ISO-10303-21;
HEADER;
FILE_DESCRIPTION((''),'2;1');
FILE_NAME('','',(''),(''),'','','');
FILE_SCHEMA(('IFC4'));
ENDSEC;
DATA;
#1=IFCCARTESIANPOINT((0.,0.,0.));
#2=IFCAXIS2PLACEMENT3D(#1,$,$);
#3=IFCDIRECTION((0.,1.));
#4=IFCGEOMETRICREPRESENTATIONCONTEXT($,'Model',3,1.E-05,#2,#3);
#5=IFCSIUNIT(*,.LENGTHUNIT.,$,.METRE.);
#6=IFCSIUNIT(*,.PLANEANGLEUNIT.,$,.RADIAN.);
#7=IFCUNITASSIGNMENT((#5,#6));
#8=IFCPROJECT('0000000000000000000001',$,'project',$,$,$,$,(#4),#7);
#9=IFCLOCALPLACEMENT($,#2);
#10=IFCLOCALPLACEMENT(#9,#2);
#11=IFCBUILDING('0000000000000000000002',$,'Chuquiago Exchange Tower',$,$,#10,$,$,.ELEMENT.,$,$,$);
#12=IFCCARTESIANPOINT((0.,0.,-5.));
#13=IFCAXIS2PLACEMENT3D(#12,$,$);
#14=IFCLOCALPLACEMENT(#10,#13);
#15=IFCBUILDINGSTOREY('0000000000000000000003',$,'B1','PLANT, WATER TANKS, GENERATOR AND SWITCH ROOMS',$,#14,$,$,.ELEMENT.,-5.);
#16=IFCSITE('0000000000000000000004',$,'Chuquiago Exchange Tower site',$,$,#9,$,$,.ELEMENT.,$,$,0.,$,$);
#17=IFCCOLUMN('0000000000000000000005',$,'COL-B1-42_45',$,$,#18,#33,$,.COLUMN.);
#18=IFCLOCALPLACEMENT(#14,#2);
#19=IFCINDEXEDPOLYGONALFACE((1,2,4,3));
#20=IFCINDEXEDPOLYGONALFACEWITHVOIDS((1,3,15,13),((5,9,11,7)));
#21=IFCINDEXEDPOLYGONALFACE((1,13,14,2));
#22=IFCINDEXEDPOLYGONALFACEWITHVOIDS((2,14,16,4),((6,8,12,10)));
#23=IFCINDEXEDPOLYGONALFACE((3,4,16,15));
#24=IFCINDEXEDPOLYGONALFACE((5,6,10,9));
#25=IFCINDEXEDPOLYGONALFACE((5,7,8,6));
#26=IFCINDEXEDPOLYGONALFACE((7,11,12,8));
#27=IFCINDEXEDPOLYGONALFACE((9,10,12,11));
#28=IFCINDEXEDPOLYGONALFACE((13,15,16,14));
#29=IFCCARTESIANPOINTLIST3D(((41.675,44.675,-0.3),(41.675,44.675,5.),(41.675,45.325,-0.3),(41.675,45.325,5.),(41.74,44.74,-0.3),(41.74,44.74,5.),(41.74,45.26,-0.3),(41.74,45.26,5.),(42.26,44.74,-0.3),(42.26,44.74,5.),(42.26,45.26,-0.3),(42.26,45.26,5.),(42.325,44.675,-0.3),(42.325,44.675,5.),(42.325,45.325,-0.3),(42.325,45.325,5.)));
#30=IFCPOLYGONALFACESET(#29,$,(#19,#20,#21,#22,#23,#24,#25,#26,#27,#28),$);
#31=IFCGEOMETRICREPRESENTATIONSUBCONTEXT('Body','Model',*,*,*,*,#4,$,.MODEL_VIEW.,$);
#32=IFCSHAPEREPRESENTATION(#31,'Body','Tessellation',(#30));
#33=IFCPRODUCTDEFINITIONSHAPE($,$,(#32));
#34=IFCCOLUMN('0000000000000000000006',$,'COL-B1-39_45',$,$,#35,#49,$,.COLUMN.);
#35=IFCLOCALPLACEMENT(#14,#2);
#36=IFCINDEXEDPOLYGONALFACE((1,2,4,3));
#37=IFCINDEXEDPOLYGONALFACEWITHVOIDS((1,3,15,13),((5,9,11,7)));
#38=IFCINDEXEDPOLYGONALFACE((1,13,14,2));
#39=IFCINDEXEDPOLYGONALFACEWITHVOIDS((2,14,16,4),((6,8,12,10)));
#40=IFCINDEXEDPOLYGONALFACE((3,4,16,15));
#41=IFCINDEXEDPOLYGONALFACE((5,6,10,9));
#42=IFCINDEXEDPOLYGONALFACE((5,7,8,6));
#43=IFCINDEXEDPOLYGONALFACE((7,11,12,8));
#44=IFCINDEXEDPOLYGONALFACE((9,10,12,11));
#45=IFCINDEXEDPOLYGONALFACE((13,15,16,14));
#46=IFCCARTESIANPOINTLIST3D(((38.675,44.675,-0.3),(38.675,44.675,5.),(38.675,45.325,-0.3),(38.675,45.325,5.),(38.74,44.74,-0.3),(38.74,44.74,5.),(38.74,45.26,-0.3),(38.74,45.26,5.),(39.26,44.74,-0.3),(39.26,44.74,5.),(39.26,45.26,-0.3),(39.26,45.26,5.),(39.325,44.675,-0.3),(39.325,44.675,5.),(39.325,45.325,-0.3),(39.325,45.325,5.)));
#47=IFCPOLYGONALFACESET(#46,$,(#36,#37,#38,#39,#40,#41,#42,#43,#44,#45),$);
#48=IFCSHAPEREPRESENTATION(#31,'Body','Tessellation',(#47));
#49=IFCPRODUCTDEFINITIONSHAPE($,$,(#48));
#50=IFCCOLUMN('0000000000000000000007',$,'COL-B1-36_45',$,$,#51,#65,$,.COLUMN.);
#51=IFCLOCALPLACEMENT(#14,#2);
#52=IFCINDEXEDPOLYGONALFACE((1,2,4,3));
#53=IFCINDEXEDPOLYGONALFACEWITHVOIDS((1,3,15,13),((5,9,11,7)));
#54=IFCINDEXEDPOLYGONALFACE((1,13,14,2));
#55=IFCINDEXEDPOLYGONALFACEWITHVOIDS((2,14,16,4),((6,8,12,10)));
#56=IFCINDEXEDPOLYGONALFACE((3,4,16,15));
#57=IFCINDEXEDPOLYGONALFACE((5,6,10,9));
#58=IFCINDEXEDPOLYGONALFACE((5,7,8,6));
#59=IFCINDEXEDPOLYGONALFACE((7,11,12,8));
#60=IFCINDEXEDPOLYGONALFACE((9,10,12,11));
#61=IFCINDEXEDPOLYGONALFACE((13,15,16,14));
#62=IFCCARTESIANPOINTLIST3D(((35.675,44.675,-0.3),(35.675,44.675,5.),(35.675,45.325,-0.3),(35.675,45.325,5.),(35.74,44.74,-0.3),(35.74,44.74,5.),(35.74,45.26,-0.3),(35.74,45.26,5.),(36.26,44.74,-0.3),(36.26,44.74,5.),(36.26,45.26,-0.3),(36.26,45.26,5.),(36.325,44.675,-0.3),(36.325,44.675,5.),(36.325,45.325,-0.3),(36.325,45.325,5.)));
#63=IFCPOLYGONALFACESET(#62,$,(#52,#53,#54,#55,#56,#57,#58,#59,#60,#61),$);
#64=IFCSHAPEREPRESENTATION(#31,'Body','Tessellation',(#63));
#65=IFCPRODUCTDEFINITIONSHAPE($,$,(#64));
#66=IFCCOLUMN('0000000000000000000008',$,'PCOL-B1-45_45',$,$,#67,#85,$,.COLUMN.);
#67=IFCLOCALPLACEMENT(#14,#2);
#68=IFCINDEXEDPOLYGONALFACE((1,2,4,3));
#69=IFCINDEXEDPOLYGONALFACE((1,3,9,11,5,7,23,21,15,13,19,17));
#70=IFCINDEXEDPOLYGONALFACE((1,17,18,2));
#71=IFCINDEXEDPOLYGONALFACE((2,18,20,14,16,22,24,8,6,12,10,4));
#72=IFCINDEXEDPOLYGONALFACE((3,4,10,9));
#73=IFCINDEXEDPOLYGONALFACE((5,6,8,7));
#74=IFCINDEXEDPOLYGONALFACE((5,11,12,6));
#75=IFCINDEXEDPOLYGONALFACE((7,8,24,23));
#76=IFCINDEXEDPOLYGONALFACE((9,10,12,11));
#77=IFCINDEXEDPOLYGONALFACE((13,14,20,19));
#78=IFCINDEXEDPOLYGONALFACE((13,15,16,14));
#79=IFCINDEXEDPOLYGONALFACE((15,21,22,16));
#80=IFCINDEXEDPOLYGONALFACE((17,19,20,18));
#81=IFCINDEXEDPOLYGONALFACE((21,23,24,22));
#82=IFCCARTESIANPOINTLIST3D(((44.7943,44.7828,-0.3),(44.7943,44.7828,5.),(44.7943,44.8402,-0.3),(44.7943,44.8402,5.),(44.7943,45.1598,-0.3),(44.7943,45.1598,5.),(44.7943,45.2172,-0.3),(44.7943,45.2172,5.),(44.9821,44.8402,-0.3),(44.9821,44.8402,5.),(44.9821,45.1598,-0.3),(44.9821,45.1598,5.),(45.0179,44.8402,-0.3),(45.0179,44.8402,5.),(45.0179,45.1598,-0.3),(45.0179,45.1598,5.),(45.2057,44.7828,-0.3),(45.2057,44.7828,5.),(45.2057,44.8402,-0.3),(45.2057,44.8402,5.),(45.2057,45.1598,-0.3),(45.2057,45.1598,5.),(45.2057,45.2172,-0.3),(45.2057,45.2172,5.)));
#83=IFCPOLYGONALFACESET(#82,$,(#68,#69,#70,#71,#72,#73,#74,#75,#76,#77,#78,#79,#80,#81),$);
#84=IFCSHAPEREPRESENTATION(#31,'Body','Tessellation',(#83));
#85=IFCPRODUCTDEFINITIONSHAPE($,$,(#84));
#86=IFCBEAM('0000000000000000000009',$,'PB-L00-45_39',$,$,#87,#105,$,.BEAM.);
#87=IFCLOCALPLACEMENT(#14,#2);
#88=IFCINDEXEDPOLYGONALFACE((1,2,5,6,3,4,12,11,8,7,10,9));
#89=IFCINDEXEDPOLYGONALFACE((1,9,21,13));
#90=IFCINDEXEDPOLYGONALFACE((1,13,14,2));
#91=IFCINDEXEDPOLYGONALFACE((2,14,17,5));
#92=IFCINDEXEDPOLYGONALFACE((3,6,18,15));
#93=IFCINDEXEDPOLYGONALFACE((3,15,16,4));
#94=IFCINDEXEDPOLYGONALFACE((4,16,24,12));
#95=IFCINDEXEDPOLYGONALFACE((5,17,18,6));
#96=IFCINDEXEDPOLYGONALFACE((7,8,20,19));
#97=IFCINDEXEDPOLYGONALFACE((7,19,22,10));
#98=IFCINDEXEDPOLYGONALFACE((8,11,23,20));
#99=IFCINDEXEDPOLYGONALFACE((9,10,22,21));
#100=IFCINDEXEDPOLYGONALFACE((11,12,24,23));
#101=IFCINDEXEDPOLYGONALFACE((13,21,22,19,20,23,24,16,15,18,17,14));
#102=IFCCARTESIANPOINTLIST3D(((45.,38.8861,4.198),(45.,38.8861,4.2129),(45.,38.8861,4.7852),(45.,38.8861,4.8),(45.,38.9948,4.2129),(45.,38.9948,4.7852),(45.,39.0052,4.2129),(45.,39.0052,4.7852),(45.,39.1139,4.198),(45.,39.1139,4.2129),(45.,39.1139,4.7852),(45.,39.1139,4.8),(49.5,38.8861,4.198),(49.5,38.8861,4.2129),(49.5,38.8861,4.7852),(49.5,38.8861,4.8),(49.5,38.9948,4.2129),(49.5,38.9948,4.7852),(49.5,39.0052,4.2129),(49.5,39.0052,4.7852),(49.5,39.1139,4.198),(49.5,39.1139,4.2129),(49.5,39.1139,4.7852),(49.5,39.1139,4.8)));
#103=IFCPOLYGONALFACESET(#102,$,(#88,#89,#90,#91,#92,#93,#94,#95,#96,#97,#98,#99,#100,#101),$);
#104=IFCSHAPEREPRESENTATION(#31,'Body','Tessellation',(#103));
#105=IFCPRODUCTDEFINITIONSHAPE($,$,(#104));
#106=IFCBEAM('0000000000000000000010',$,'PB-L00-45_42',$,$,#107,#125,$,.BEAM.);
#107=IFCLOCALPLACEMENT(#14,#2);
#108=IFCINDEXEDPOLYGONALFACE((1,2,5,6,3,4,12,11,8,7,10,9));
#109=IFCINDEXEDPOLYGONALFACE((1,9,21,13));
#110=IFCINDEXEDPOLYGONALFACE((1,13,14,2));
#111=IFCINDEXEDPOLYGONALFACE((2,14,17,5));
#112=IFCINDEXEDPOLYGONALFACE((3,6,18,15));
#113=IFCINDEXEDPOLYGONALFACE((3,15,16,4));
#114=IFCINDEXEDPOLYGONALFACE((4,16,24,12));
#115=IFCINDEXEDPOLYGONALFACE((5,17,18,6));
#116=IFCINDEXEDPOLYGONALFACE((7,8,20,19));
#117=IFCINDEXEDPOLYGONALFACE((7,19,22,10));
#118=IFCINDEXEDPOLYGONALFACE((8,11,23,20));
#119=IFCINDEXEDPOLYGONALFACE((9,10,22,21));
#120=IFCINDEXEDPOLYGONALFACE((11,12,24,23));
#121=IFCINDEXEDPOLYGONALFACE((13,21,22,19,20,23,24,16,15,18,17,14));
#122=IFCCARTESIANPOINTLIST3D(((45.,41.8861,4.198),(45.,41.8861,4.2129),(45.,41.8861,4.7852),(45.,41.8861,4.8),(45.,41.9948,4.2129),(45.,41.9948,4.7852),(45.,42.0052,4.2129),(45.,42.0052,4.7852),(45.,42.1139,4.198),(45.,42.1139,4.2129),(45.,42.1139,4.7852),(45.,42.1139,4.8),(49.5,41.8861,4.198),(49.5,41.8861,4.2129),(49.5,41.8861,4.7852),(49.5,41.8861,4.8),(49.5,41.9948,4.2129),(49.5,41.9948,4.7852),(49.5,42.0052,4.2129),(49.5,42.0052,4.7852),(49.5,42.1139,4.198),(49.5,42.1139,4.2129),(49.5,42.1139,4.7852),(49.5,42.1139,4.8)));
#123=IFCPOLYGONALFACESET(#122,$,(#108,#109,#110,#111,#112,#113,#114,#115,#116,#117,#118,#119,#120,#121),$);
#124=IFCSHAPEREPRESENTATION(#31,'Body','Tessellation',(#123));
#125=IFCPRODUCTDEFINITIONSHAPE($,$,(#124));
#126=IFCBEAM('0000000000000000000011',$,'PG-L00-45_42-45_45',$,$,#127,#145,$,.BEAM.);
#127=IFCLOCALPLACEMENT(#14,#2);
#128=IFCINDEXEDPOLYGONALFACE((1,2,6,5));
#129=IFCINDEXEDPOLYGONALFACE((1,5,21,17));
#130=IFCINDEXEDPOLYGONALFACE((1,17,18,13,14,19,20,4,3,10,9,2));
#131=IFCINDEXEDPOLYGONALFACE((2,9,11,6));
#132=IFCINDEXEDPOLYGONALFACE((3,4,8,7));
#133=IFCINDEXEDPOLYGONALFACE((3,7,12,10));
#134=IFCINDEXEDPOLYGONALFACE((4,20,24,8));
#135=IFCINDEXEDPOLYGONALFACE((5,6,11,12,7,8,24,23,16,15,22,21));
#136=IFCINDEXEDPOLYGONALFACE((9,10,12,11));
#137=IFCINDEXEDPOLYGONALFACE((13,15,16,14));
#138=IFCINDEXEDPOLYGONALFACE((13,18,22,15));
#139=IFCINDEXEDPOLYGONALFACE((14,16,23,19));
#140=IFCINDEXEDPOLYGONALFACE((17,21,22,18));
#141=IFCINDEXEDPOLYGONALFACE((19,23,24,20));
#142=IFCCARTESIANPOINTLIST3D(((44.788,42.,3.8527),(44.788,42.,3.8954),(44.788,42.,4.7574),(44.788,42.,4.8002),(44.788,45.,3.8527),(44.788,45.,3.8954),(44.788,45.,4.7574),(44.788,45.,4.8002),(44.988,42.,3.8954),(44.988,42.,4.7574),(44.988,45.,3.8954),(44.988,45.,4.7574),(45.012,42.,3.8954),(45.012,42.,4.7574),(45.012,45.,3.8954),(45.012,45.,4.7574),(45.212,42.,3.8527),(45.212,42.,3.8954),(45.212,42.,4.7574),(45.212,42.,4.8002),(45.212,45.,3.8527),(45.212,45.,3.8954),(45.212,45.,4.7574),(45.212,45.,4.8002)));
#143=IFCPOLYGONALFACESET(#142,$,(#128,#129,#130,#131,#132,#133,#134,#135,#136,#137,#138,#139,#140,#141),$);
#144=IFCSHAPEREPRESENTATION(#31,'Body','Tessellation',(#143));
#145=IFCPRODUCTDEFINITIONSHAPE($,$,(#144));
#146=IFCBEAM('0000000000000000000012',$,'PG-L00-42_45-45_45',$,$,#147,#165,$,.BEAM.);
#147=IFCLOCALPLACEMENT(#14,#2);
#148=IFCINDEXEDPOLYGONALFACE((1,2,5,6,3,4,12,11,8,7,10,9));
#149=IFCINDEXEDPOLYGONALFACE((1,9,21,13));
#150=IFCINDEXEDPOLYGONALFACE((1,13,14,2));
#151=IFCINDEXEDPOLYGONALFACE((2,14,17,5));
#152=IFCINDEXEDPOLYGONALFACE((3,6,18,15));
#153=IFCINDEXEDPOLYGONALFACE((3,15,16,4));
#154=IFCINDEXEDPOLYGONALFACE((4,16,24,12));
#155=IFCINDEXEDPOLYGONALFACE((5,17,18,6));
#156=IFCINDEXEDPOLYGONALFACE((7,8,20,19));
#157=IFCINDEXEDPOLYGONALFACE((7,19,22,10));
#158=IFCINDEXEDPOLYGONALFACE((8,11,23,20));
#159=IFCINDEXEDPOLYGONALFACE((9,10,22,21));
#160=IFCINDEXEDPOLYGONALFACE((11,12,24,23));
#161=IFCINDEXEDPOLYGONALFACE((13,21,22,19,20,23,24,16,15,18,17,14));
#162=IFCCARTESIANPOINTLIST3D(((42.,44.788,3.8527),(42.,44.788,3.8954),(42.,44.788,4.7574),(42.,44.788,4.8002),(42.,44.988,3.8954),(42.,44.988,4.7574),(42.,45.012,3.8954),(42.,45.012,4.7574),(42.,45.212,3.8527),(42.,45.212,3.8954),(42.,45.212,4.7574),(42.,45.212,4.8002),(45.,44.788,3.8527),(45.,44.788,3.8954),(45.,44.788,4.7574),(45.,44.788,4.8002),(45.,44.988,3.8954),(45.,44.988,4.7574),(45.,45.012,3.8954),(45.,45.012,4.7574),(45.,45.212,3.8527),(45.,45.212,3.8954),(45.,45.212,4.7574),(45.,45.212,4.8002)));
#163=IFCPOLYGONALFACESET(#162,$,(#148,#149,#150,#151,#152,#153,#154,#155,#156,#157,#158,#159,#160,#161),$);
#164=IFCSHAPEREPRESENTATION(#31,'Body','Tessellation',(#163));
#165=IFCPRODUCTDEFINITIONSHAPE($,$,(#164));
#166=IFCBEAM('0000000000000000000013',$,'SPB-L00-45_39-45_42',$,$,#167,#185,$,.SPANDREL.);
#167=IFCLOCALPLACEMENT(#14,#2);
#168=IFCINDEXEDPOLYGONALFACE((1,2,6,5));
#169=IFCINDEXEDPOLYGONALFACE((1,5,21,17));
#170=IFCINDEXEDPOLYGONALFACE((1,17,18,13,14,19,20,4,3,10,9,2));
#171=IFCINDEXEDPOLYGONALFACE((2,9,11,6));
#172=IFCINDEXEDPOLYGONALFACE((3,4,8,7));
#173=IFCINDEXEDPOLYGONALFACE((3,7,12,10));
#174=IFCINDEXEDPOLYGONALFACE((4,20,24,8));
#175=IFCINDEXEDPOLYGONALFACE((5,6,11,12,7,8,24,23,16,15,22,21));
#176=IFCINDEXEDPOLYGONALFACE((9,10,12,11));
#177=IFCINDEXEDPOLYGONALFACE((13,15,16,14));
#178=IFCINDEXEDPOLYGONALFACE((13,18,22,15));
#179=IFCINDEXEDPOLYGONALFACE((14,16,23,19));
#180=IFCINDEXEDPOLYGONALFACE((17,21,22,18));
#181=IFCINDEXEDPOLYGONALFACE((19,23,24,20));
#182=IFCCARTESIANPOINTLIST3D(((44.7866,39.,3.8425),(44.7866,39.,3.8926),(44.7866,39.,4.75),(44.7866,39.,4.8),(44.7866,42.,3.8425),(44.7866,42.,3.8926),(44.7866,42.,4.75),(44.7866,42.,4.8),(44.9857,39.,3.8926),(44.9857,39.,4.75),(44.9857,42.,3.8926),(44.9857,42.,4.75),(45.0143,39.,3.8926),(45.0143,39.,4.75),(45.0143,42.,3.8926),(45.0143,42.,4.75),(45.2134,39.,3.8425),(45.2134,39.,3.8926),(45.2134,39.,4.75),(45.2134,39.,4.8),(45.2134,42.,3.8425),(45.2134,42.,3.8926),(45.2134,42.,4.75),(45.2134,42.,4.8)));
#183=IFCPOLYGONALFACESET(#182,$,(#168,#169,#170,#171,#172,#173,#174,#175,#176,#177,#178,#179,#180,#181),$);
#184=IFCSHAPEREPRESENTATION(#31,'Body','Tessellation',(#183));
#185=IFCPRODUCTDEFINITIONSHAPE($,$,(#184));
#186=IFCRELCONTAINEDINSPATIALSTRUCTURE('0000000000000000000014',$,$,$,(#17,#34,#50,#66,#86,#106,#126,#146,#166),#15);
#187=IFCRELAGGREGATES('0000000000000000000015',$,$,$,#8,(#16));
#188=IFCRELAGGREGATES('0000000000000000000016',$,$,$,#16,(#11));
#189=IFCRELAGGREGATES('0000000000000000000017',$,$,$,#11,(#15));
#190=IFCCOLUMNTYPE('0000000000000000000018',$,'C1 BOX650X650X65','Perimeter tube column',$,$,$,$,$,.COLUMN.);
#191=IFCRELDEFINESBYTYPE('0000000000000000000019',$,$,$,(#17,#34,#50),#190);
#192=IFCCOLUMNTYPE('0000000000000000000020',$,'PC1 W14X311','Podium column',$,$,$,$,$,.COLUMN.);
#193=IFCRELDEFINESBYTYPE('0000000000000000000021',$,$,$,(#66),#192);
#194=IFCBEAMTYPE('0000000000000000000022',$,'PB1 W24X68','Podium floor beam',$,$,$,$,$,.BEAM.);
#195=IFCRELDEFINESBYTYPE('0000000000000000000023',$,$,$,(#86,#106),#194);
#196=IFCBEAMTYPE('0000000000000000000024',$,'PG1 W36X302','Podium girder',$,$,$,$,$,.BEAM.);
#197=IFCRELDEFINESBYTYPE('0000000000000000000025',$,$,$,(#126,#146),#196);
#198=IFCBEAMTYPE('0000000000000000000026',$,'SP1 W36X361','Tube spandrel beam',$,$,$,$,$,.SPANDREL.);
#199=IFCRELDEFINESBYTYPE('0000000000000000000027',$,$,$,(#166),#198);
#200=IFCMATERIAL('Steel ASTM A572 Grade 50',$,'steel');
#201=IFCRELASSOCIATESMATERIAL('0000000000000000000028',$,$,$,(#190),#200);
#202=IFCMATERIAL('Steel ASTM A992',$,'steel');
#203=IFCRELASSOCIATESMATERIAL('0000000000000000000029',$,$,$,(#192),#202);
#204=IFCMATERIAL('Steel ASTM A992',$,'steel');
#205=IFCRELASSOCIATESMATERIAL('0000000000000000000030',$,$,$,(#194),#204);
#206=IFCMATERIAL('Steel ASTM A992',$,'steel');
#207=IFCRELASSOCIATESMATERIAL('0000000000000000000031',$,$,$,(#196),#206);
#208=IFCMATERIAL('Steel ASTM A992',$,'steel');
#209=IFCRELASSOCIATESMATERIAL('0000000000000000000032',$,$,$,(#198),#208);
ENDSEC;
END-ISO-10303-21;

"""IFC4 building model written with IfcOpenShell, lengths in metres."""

from ifc_helpers import new_model, si_unit, direction, frame, origin, origin_2d, place, context, subcontext, project, spatial, hollow_rectangle, i_section, extrude, material, material_profile, profile_set, type_object, element, save


model = new_model("IFC4")

# Units and contexts
model_context = context("Model", 3, precision=1e-05, world=origin(), true_north=direction((0.0, 1.0)))
body_context = subcontext(model_context, "Body", "Model", "MODEL_VIEW")
ifc_project = project(units=[si_unit("LENGTHUNIT", "METRE"), si_unit("PLANEANGLEUNIT", "RADIAN")], contexts=[model_context])

# Site, building, storey
site_placement = place(None, origin())
site = spatial("IfcSite", under=ifc_project, at=site_placement, Name="Chuquiago Exchange Tower site", CompositionType="ELEMENT", RefElevation=0.0)
building_placement = place(site_placement, origin())
building = spatial("IfcBuilding", under=site, at=building_placement, Name="Chuquiago Exchange Tower", CompositionType="ELEMENT")
storey_placement = place(building_placement, frame((0.0, 0.0, -5.0)))
storey = spatial("IfcBuildingStorey", under=building, at=storey_placement, Name="B1", Description="PLANT, WATER TANKS, GENERATOR AND SWITCH ROOMS", CompositionType="ELEMENT", Elevation=-5.0)

# Columns
ifc_material_1 = material(Name="Steel ASTM A572 Grade 50", Category="steel")
ifc_material_profile_1 = material_profile(ifc_material_1, hollow_rectangle(XDim=0.6499, YDim=0.6499, WallThickness=0.0649, at=origin_2d()), Name="BOX650X650X65")
ifc_profile_set_1 = profile_set([ifc_material_profile_1], Name="Steel ASTM A572 Grade 50")
column_type_1 = type_object("IfcColumnType", Name="C1 BOX650X650X65", Description="Perimeter tube column", PredefinedType="COLUMN", material=ifc_profile_set_1)
for number, where, z_axis, x_axis, name in (
    (1, (42.0, 45.0, -0.3), (0.0, 0.0, 1.0), (0.0, 1.0, 0.0), "COL-B1-42_45"),
    (2, (39.0, 45.0, -0.3), (0.0, 0.0, 1.0), (0.0, 1.0, 0.0), "COL-B1-39_45"),
    (3, (36.0, 45.0, -0.3), (0.0, 0.0, 1.0), (0.0, 1.0, 0.0), "COL-B1-36_45"),
):
    element("IfcColumn", number, at=place(storey_placement, frame(where, z_axis=z_axis, x_axis=x_axis)), inside=storey, type_object=column_type_1, Name=name, PredefinedType="COLUMN", context=body_context, shape_type="SweptSolid", body=[
        extrude(hollow_rectangle(XDim=0.6499, YDim=0.6499, WallThickness=0.0649, at=origin_2d()), origin(), (0.0, 0.0, 1.0), 5.3),
    ])
ifc_material_2 = material(Name="Steel ASTM A992", Category="steel")
ifc_material_profile_2 = material_profile(ifc_material_2, i_section(OverallWidth=0.4114, OverallDepth=0.4343, WebThickness=0.0359, FlangeThickness=0.0574, at=origin_2d()), Name="W14X311")
ifc_profile_set_2 = profile_set([ifc_material_profile_2], Name="Steel ASTM A992")
column_type_2 = type_object("IfcColumnType", Name="PC1 W14X311", Description="Podium column", PredefinedType="COLUMN", material=ifc_profile_set_2)
column_placement = place(storey_placement, frame((45.0, 45.0, -0.3), z_axis=(0.0, 0.0, 1.0), x_axis=(1.0, 0.0, 0.0)))
element("IfcColumn", 4, at=column_placement, inside=storey, type_object=column_type_2, Name="PCOL-B1-45_45", PredefinedType="COLUMN", context=body_context, shape_type="SweptSolid", body=[
    extrude(i_section(OverallWidth=0.4114, OverallDepth=0.4343, WebThickness=0.0359, FlangeThickness=0.0574, at=origin_2d()), origin(), (0.0, 0.0, 1.0), 5.3),
])

# Beams
ifc_material_3 = material(Name="Steel ASTM A992", Category="steel")
ifc_material_profile_3 = material_profile(ifc_material_3, i_section(OverallWidth=0.2278, OverallDepth=0.6021, WebThickness=0.0105, FlangeThickness=0.0149, at=origin_2d()), Name="W24X68")
ifc_profile_set_3 = profile_set([ifc_material_profile_3], Name="Steel ASTM A992")
beam_type_1 = type_object("IfcBeamType", Name="PB1 W24X68", Description="Podium floor beam", PredefinedType="BEAM", material=ifc_profile_set_3)
for number, where, z_axis, x_axis, name in (
    (5, (45.0, 39.0, 4.499), (1.0, 0.0, 0.0), (0.0, 1.0, 0.0), "PB-L00-45_39"),
    (6, (45.0, 42.0, 4.499), (1.0, 0.0, 0.0), (0.0, 1.0, 0.0), "PB-L00-45_42"),
):
    element("IfcBeam", number, at=place(storey_placement, frame(where, z_axis=z_axis, x_axis=x_axis)), inside=storey, type_object=beam_type_1, Name=name, PredefinedType="BEAM", context=body_context, shape_type="SweptSolid", body=[
        extrude(i_section(OverallWidth=0.2278, OverallDepth=0.6021, WebThickness=0.0105, FlangeThickness=0.0149, at=origin_2d()), origin(), (0.0, 0.0, 1.0), 4.5),
    ])
ifc_material_4 = material(Name="Steel ASTM A992", Category="steel")
ifc_material_profile_4 = material_profile(ifc_material_4, i_section(OverallWidth=0.4241, OverallDepth=0.9475, WebThickness=0.0239, FlangeThickness=0.0427, at=origin_2d()), Name="W36X302")
ifc_profile_set_4 = profile_set([ifc_material_profile_4], Name="Steel ASTM A992")
beam_type_2 = type_object("IfcBeamType", Name="PG1 W36X302", Description="Podium girder", PredefinedType="BEAM", material=ifc_profile_set_4)
for number, where, z_axis, x_axis, name in (
    (7, (45.0, 42.0, 4.3264), (0.0, 1.0, 0.0), (-1.0, 0.0, 0.0), "PG-L00-45_42-45_45"),
    (8, (42.0, 45.0, 4.3264), (1.0, 0.0, 0.0), (0.0, 1.0, 0.0), "PG-L00-42_45-45_45"),
):
    element("IfcBeam", number, at=place(storey_placement, frame(where, z_axis=z_axis, x_axis=x_axis)), inside=storey, type_object=beam_type_2, Name=name, PredefinedType="BEAM", context=body_context, shape_type="SweptSolid", body=[
        extrude(i_section(OverallWidth=0.4241, OverallDepth=0.9475, WebThickness=0.0239, FlangeThickness=0.0427, at=origin_2d()), origin(), (0.0, 0.0, 1.0), 3.0),
    ])
ifc_material_5 = material(Name="Steel ASTM A992", Category="steel")
ifc_material_profile_5 = material_profile(ifc_material_5, i_section(OverallWidth=0.4268, OverallDepth=0.9575, WebThickness=0.0286, FlangeThickness=0.05, at=origin_2d()), Name="W36X361")
ifc_profile_set_5 = profile_set([ifc_material_profile_5], Name="Steel ASTM A992")
beam_type_3 = type_object("IfcBeamType", Name="SP1 W36X361", Description="Tube spandrel beam", PredefinedType="SPANDREL", material=ifc_profile_set_5)
beam_1_placement = place(storey_placement, frame((45.0, 39.0, 4.3213), z_axis=(0.0, 1.0, 0.0), x_axis=(-1.0, 0.0, 0.0)))
element("IfcBeam", 9, at=beam_1_placement, inside=storey, type_object=beam_type_3, Name="SPB-L00-45_39-45_42", PredefinedType="SPANDREL", context=body_context, shape_type="SweptSolid", body=[
    extrude(i_section(OverallWidth=0.4268, OverallDepth=0.9575, WebThickness=0.0286, FlangeThickness=0.05, at=origin_2d()), origin(), (0.0, 0.0, 1.0), 3.0),
])

save(model, "model.ifc")
